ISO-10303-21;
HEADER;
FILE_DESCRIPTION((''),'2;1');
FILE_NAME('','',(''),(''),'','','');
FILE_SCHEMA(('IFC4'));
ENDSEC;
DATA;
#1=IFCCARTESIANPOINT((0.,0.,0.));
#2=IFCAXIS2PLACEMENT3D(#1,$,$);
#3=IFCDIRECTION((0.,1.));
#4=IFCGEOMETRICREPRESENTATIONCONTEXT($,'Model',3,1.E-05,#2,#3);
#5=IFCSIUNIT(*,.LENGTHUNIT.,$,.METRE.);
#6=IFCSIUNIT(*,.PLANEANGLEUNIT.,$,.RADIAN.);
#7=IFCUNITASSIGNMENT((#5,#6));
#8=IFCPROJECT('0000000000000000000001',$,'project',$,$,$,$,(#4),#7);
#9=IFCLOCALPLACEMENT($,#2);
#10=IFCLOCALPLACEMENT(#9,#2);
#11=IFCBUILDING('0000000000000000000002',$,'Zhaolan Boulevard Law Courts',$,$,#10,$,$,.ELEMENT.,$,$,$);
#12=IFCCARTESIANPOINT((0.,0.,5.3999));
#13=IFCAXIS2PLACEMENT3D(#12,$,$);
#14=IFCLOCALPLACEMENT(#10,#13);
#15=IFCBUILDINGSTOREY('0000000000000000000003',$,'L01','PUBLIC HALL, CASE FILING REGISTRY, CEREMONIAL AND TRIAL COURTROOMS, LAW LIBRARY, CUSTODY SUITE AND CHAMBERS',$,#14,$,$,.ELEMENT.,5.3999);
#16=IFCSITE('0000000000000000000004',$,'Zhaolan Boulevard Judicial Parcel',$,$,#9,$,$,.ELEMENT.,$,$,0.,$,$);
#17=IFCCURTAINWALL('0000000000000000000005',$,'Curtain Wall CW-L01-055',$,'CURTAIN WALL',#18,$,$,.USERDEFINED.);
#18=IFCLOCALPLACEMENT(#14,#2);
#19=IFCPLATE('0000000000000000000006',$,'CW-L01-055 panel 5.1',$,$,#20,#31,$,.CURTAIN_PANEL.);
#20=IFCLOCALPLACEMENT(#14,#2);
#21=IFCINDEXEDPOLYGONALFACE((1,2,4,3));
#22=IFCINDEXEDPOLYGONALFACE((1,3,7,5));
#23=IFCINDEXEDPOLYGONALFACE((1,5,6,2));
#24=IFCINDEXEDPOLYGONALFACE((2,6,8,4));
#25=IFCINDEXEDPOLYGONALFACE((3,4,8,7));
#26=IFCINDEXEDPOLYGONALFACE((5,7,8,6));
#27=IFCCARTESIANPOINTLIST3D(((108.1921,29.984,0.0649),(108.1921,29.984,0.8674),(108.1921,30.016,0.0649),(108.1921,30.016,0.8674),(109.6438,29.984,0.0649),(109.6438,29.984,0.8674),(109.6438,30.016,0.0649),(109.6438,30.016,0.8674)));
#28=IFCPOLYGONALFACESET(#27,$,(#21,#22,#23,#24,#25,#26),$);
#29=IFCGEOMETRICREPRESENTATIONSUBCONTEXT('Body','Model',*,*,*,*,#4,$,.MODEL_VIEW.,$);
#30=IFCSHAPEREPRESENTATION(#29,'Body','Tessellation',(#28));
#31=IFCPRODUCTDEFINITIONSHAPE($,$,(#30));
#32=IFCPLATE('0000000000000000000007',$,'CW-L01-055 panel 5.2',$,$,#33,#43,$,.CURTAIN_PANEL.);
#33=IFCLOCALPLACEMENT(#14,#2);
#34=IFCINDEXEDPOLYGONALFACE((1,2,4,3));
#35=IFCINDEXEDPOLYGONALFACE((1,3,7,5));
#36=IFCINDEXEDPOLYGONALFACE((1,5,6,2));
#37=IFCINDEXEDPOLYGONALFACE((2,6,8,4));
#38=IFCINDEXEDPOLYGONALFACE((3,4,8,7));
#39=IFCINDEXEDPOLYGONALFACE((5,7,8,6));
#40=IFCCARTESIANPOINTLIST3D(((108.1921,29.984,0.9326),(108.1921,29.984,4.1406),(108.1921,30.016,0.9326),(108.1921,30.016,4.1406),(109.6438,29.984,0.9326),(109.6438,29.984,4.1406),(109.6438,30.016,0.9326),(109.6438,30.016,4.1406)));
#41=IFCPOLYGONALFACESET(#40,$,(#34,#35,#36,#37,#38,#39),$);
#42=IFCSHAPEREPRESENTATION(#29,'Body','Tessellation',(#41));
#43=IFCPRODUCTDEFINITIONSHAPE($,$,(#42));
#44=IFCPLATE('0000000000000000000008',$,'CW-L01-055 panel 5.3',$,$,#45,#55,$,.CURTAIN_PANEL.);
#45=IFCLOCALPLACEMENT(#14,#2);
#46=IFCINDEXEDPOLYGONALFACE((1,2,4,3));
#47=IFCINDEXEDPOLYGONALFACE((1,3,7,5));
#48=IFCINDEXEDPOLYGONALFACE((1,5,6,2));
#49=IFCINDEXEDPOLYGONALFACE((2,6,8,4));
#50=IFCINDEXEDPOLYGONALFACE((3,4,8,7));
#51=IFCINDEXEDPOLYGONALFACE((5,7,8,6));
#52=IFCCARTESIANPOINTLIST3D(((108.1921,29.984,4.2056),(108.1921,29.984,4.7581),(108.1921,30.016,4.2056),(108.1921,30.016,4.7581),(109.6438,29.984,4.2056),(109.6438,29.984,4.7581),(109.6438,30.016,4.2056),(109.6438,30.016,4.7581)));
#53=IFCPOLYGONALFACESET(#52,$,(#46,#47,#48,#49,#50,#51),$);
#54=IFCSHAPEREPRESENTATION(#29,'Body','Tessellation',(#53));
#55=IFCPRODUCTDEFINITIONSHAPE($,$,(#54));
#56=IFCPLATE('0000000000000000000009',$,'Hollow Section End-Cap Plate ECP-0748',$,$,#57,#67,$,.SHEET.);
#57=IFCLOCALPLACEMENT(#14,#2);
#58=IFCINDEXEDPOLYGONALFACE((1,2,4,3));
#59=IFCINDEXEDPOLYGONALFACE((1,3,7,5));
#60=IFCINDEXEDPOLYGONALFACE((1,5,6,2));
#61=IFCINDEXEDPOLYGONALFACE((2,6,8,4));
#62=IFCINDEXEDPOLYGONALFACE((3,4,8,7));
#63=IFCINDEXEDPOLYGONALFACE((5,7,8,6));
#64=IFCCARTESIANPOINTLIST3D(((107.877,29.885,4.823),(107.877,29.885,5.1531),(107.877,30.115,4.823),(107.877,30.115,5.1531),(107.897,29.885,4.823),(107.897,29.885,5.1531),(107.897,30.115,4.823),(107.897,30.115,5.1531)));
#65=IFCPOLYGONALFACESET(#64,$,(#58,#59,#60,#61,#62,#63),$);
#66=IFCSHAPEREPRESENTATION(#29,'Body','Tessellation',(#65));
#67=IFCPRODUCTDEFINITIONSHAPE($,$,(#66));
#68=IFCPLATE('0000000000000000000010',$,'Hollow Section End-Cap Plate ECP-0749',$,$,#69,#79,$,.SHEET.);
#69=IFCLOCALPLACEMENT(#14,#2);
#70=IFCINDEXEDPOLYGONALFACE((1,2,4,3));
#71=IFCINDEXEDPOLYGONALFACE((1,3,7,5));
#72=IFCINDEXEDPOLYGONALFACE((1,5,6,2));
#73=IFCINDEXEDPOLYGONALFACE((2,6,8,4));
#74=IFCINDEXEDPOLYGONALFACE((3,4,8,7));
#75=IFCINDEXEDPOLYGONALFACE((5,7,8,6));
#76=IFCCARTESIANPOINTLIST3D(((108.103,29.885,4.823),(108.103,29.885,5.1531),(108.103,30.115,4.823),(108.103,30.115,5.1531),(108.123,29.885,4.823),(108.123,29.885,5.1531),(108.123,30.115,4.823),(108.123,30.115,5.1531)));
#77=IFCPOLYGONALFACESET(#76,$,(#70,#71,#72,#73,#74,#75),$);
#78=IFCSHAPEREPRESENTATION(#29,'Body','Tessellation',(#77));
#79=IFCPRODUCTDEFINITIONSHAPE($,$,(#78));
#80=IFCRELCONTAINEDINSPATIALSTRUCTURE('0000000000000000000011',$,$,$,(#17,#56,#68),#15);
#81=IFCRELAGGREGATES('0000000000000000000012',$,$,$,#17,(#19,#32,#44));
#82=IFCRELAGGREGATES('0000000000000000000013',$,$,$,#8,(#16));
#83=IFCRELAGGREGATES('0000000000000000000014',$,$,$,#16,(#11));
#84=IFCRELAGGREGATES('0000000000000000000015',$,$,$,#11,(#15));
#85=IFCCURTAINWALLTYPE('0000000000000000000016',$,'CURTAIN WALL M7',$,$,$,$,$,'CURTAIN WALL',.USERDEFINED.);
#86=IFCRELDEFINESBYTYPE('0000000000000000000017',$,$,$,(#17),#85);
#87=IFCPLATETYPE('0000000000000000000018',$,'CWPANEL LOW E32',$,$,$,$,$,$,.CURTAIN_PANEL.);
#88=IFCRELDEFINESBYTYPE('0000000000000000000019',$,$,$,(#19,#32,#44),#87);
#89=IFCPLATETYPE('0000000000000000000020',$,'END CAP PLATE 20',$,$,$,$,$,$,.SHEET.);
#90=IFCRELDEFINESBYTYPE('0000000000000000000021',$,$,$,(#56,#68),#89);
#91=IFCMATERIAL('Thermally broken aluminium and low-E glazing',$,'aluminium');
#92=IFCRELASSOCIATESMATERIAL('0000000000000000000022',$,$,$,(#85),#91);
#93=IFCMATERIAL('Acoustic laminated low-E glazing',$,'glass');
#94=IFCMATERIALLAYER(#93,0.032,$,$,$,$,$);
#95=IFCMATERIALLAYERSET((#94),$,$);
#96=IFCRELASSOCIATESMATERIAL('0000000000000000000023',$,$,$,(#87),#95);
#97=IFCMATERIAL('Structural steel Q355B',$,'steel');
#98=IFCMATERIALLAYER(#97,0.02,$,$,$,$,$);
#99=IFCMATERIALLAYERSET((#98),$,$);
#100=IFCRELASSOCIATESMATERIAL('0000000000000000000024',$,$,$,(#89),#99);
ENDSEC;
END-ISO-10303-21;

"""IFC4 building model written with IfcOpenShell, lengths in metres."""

from ifc_helpers import new_model, si_unit, direction, frame, origin, origin_2d, place, context, subcontext, project, spatial, rectangle, extrude, material, layer, layer_set, type_object, element, aggregate, save


model = new_model("IFC4")

# Units and contexts
model_context = context("Model", 3, precision=1e-05, world=origin(), true_north=direction((0.0, 1.0)))
body_context = subcontext(model_context, "Body", "Model", "MODEL_VIEW")
ifc_project = project(units=[si_unit("LENGTHUNIT", "METRE"), si_unit("PLANEANGLEUNIT", "RADIAN")], contexts=[model_context])

# Site, building, storey
site_placement = place(None, origin())
site = spatial("IfcSite", under=ifc_project, at=site_placement, Name="Zhaolan Boulevard Judicial Parcel", CompositionType="ELEMENT", RefElevation=0.0)
building_placement = place(site_placement, origin())
building = spatial("IfcBuilding", under=site, at=building_placement, Name="Zhaolan Boulevard Law Courts", CompositionType="ELEMENT")
storey_placement = place(building_placement, frame((0.0, 0.0, 5.3999)))
storey = spatial("IfcBuildingStorey", under=building, at=storey_placement, Name="L01", Description="PUBLIC HALL, CASE FILING REGISTRY, CEREMONIAL AND TRIAL COURTROOMS, LAW LIBRARY, CUSTODY SUITE AND CHAMBERS", CompositionType="ELEMENT", Elevation=5.3999)

# Curtain wall
ifc_material_1 = material(Name="Thermally broken aluminium and low-E glazing", Category="aluminium")
curtain_wall_type_1 = type_object("IfcCurtainWallType", Name="CURTAIN WALL M7", ElementType="CURTAIN WALL", PredefinedType="USERDEFINED", material=ifc_material_1)
curtain_wall_1_placement = place(storey_placement, origin())
curtain_wall_1 = element("IfcCurtainWall", 1, at=curtain_wall_1_placement, inside=storey, type_object=curtain_wall_type_1, Name="Curtain Wall CW-L01-055", ObjectType="CURTAIN WALL", PredefinedType="USERDEFINED")

# Plates
ifc_material_2 = material(Name="Acoustic laminated low-E glazing", Category="glass")
ifc_layer_1 = layer(ifc_material_2, 0.032)
ifc_layer_set_1 = layer_set([ifc_layer_1])
plate_type_1 = type_object("IfcPlateType", Name="CWPANEL LOW E32", PredefinedType="CURTAIN_PANEL", material=ifc_layer_set_1)
plate_1_placement = place(storey_placement, frame((108.918, 30.0, 0.0649), z_axis=(0.0, 0.0, 1.0), x_axis=(-1.0, 0.0, 0.0)))
plate_1 = element("IfcPlate", 2, at=plate_1_placement, type_object=plate_type_1, Name="CW-L01-055 panel 5.1", PredefinedType="CURTAIN_PANEL", context=body_context, shape_type="SweptSolid", body=[
    extrude(rectangle(XDim=1.4517, YDim=0.032, at=origin_2d()), origin(), (0.0, 0.0, 1.0), 0.8025),
])
plate_2_placement = place(storey_placement, frame((108.918, 30.0, 0.9326), z_axis=(0.0, 0.0, 1.0), x_axis=(-1.0, 0.0, 0.0)))
plate_2 = element("IfcPlate", 3, at=plate_2_placement, type_object=plate_type_1, Name="CW-L01-055 panel 5.2", PredefinedType="CURTAIN_PANEL", context=body_context, shape_type="SweptSolid", body=[
    extrude(rectangle(XDim=1.4517, YDim=0.032, at=origin_2d()), origin(), (0.0, 0.0, 1.0), 3.208),
])
plate_3_placement = place(storey_placement, frame((108.918, 30.0, 4.2056), z_axis=(0.0, 0.0, 1.0), x_axis=(-1.0, 0.0, 0.0)))
plate_3 = element("IfcPlate", 4, at=plate_3_placement, type_object=plate_type_1, Name="CW-L01-055 panel 5.3", PredefinedType="CURTAIN_PANEL", context=body_context, shape_type="SweptSolid", body=[
    extrude(rectangle(XDim=1.4517, YDim=0.032, at=origin_2d()), origin(), (0.0, 0.0, 1.0), 0.5525),
])
aggregate(curtain_wall_1, [plate_1, plate_2, plate_3])

# Plates
ifc_material_3 = material(Name="Structural steel Q355B", Category="steel")
ifc_layer_2 = layer(ifc_material_3, 0.02)
ifc_layer_set_2 = layer_set([ifc_layer_2])
plate_type_2 = type_object("IfcPlateType", Name="END CAP PLATE 20", PredefinedType="SHEET", material=ifc_layer_set_2)
for number, where, z_axis, x_axis, name in (
    (5, (107.887, 30.0, 4.823), (0.0, 0.0, 1.0), (1.0, 0.0, 0.0), "Hollow Section End-Cap Plate ECP-0748"),
    (6, (108.113, 30.0, 4.823), (0.0, 0.0, 1.0), (1.0, 0.0, 0.0), "Hollow Section End-Cap Plate ECP-0749"),
):
    element("IfcPlate", number, at=place(storey_placement, frame(where, z_axis=z_axis, x_axis=x_axis)), inside=storey, type_object=plate_type_2, Name=name, PredefinedType="SHEET", context=body_context, shape_type="SweptSolid", body=[
        extrude(rectangle(XDim=0.02, YDim=0.23, at=origin_2d()), origin(), (0.0, 0.0, 1.0), 0.3301),
    ])

save(model, "model.ifc")
